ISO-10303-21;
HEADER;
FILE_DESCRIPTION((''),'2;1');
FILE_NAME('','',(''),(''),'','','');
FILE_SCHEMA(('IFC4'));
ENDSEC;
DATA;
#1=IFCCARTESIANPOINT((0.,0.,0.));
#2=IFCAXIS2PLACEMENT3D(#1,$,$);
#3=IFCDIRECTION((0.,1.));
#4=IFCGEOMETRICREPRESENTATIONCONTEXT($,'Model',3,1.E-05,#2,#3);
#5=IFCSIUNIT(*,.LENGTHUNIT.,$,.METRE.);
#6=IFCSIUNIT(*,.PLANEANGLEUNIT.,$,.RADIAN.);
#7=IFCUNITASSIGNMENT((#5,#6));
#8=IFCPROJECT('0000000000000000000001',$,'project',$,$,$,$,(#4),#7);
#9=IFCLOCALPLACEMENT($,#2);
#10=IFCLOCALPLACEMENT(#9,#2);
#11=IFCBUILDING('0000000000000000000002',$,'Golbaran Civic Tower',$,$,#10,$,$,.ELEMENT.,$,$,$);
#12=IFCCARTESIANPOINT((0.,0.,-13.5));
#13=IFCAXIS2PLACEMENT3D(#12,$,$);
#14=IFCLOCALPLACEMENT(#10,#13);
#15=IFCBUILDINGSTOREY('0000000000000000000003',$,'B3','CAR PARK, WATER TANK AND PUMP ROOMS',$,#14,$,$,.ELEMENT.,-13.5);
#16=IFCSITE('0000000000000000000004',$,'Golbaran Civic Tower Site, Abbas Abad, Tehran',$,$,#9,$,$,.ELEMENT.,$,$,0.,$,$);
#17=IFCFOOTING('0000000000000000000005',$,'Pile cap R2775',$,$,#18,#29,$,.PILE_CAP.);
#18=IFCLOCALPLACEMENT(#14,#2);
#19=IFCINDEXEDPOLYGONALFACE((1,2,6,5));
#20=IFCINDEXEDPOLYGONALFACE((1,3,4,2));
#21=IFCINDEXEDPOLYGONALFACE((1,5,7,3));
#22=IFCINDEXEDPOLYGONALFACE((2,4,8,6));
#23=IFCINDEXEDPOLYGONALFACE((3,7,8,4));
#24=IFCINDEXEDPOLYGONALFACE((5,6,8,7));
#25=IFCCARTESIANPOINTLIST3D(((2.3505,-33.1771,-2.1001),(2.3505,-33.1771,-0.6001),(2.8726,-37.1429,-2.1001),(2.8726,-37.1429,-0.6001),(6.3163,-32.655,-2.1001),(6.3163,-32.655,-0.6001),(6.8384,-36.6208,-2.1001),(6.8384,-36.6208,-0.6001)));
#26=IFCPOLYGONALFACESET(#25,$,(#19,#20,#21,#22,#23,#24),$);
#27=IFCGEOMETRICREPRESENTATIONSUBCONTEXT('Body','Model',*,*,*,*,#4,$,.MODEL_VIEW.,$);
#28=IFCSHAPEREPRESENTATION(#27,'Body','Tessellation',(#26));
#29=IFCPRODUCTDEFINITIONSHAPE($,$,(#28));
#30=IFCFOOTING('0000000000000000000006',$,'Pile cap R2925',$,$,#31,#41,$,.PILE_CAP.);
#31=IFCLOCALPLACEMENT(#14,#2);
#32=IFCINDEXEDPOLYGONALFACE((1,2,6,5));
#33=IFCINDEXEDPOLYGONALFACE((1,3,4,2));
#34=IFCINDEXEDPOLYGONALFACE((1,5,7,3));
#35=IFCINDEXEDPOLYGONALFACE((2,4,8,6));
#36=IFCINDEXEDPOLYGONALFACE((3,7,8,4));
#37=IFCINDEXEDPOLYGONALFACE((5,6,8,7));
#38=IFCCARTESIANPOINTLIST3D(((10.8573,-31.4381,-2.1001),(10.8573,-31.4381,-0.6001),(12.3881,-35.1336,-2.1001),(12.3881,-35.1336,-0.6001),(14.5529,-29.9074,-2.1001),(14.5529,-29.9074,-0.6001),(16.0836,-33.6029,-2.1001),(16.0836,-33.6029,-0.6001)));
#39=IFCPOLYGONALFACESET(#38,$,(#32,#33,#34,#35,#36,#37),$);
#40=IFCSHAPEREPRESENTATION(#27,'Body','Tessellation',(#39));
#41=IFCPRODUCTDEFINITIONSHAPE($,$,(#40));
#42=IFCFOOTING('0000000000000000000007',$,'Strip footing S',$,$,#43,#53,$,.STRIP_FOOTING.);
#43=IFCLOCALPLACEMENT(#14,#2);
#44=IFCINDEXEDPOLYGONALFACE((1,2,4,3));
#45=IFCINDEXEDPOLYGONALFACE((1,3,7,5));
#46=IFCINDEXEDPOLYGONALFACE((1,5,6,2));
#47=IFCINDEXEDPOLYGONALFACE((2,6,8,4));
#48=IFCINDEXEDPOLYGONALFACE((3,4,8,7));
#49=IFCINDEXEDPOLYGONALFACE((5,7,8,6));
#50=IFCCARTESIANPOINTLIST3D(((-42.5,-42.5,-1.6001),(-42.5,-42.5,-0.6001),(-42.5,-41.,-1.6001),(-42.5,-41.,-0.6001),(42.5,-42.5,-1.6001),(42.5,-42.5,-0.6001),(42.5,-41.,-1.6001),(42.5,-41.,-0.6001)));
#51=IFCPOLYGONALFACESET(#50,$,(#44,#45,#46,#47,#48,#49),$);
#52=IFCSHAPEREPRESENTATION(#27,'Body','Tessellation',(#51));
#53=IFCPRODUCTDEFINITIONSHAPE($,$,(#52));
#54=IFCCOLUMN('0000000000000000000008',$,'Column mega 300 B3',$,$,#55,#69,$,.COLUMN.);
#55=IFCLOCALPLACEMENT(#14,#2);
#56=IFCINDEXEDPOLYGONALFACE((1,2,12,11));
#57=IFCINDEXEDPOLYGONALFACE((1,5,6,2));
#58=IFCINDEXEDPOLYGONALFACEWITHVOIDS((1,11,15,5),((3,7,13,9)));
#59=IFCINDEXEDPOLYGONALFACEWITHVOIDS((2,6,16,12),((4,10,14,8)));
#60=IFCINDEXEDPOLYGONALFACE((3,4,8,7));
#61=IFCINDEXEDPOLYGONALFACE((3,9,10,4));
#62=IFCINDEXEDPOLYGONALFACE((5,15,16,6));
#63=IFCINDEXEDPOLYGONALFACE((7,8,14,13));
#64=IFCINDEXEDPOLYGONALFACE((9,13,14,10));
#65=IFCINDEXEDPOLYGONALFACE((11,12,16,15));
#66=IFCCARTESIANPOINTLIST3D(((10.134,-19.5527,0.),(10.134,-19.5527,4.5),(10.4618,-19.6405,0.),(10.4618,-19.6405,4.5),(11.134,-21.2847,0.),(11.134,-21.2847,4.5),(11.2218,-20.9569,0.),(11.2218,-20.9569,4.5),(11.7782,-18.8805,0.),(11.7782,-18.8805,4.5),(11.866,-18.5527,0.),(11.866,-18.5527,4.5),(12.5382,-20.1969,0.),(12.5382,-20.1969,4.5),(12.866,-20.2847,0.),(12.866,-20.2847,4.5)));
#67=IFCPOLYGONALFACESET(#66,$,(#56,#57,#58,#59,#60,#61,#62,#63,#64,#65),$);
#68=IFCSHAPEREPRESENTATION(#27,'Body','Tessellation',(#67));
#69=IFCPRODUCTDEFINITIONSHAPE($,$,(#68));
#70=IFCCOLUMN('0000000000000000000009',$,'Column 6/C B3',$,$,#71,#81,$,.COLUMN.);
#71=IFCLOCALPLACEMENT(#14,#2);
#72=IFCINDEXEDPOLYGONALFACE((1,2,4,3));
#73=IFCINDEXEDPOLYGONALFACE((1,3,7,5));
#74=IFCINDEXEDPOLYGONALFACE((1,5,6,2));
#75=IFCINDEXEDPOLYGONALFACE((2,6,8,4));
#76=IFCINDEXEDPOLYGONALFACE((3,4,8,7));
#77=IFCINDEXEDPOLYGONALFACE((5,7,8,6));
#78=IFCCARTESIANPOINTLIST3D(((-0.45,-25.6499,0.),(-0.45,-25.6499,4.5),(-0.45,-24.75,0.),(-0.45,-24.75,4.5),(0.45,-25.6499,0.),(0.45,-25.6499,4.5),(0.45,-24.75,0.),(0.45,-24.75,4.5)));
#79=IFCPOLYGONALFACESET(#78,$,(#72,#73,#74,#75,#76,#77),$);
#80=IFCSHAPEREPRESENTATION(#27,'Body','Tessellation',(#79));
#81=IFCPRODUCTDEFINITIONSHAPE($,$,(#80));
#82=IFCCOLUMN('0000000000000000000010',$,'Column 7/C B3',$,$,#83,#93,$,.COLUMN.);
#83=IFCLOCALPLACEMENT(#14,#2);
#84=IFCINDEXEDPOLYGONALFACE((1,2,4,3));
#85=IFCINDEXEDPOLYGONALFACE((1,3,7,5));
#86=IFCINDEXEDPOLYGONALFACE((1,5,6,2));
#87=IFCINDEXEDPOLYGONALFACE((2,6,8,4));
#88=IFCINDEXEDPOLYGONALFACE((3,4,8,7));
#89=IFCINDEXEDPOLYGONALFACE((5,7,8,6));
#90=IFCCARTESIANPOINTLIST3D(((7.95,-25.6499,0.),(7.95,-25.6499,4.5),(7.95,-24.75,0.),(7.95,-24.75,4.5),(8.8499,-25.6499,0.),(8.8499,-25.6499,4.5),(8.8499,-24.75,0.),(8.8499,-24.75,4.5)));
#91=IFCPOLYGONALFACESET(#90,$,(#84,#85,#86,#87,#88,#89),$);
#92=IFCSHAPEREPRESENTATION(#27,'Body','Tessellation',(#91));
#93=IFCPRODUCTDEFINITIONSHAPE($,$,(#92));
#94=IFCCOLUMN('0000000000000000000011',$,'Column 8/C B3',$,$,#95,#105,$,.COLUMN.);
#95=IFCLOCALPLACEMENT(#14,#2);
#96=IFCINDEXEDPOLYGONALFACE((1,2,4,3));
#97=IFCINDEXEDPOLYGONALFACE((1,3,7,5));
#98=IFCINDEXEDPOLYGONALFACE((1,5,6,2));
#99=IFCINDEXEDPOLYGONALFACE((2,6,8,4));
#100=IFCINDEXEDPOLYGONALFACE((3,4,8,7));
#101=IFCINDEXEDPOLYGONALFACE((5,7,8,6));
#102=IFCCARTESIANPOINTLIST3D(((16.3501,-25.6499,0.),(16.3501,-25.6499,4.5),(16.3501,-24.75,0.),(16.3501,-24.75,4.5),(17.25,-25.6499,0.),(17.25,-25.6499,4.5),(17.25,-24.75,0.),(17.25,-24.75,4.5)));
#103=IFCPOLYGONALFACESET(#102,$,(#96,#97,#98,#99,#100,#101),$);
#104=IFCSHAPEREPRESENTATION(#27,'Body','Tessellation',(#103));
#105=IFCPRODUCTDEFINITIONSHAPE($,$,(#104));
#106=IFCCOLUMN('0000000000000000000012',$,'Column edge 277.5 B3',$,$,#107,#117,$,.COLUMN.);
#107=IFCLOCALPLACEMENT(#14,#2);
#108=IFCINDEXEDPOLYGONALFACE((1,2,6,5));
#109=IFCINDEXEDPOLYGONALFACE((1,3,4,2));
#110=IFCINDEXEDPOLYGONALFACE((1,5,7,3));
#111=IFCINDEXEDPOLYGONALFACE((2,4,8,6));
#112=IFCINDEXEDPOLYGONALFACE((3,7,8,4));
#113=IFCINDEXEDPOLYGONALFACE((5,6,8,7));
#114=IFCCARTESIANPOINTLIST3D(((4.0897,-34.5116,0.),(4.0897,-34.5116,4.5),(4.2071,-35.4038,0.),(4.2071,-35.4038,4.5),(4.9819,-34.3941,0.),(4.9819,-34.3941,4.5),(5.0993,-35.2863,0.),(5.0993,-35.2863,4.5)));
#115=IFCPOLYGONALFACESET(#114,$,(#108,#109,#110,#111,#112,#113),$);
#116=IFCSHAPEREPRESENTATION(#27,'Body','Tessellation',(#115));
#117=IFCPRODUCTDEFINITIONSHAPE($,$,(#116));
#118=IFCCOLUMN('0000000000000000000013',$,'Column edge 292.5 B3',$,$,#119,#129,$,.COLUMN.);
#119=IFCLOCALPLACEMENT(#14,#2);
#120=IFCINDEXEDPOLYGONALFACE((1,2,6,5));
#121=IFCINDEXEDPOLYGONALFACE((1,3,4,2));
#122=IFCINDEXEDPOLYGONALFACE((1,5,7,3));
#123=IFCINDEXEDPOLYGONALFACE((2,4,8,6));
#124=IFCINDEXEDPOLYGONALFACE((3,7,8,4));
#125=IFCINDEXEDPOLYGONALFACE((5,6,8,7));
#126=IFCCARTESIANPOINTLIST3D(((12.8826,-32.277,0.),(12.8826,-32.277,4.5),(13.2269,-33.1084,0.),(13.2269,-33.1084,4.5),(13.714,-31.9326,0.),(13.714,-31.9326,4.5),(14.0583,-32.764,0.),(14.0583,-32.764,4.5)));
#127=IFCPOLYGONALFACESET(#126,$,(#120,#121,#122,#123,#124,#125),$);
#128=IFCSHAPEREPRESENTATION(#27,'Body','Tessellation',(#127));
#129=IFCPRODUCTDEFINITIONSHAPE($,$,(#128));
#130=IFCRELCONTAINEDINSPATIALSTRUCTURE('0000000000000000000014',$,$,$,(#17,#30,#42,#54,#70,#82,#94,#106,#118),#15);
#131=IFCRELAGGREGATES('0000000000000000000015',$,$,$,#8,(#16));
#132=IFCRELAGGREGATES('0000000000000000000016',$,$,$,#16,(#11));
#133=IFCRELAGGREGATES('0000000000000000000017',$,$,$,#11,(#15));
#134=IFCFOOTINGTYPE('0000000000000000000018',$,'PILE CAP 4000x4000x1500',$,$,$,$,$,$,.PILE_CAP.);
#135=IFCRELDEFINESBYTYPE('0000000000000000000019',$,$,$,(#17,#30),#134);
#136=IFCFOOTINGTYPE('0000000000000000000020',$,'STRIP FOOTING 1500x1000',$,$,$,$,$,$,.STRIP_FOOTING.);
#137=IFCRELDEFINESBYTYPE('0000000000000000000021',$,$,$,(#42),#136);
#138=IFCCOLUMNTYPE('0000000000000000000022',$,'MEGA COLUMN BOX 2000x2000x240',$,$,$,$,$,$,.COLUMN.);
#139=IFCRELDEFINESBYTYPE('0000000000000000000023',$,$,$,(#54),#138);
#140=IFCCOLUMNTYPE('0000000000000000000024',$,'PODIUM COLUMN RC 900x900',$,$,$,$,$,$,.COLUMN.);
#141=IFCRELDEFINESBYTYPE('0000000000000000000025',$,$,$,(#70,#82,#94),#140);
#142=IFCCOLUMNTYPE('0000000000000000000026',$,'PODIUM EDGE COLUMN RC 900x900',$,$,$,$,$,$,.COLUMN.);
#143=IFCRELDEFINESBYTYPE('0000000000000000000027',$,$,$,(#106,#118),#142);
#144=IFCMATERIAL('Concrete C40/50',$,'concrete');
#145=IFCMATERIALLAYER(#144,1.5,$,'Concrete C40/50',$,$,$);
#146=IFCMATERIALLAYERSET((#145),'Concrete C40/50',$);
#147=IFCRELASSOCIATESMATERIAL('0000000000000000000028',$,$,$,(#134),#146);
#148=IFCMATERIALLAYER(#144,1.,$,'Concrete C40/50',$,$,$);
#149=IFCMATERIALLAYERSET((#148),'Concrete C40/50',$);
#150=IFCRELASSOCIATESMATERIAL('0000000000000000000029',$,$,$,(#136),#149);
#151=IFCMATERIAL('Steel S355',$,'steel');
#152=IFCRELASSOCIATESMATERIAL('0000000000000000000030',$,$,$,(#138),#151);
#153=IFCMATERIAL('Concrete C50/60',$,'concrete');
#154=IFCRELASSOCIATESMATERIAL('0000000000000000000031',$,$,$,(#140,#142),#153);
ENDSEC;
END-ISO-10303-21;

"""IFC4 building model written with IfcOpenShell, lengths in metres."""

from ifc_helpers import new_model, si_unit, direction, frame, origin, origin_2d, place, context, subcontext, project, spatial, rectangle, hollow_rectangle, extrude, material, layer, layer_set, material_profile, profile_set, type_object, element, save


model = new_model("IFC4")

# Units and contexts
model_context = context("Model", 3, precision=1e-05, world=origin(), true_north=direction((0.0, 1.0)))
body_context = subcontext(model_context, "Body", "Model", "MODEL_VIEW")
ifc_project = project(units=[si_unit("LENGTHUNIT", "METRE"), si_unit("PLANEANGLEUNIT", "RADIAN")], contexts=[model_context])

# Site, building, storey
site_placement = place(None, origin())
site = spatial("IfcSite", under=ifc_project, at=site_placement, Name="Golbaran Civic Tower Site, Abbas Abad, Tehran", CompositionType="ELEMENT", RefElevation=0.0)
building_placement = place(site_placement, origin())
building = spatial("IfcBuilding", under=site, at=building_placement, Name="Golbaran Civic Tower", CompositionType="ELEMENT")
storey_placement = place(building_placement, frame((0.0, 0.0, -13.5)))
storey = spatial("IfcBuildingStorey", under=building, at=storey_placement, Name="B3", Description="CAR PARK, WATER TANK AND PUMP ROOMS", CompositionType="ELEMENT", Elevation=-13.5)

# Footings
ifc_material_1 = material(Name="Concrete C40/50", Category="concrete")
ifc_layer_1 = layer(ifc_material_1, 1.5, Name="Concrete C40/50")
ifc_layer_set_1 = layer_set([ifc_layer_1], Name="Concrete C40/50")
footing_type_1 = type_object("IfcFootingType", Name="PILE CAP 4000x4000x1500", PredefinedType="PILE_CAP", material=ifc_layer_set_1)
for number, where, z_axis, x_axis, name in (
    (1, (4.5945, -34.8989, -2.1001), (0.0, 0.0, 1.0), (0.130526, -0.991445, 0.0), "Pile cap R2775"),
    (2, (13.4705, -32.5205, -2.1001), (0.0, 0.0, 1.0), (0.382683, -0.92388, 0.0), "Pile cap R2925"),
):
    element("IfcFooting", number, at=place(storey_placement, frame(where, z_axis=z_axis, x_axis=x_axis)), inside=storey, type_object=footing_type_1, Name=name, PredefinedType="PILE_CAP", context=body_context, shape_type="SweptSolid", body=[
        extrude(rectangle(XDim=4.0, YDim=4.0, at=origin_2d()), origin(), (0.0, 0.0, 1.0), 1.5),
    ])
ifc_layer_2 = layer(ifc_material_1, 1.0, Name="Concrete C40/50")
ifc_layer_set_2 = layer_set([ifc_layer_2], Name="Concrete C40/50")
footing_type_2 = type_object("IfcFootingType", Name="STRIP FOOTING 1500x1000", PredefinedType="STRIP_FOOTING", material=ifc_layer_set_2)
footing_placement = place(storey_placement, frame((0.0, -41.75, -1.6001), z_axis=(0.0, 0.0, 1.0), x_axis=(1.0, 0.0, 0.0)))
element("IfcFooting", 3, at=footing_placement, inside=storey, type_object=footing_type_2, Name="Strip footing S", PredefinedType="STRIP_FOOTING", context=body_context, shape_type="SweptSolid", body=[
    extrude(rectangle(XDim=85.0, YDim=1.5, at=origin_2d()), origin(), (0.0, 0.0, 1.0), 1.0),
])

# Columns
ifc_material_2 = material(Name="Steel S355", Category="steel")
ifc_material_profile_1 = material_profile(ifc_material_2, hollow_rectangle(XDim=2.0, YDim=2.0, WallThickness=0.24, at=origin_2d()), Name="BOX 2000x2000x240")
ifc_profile_set_1 = profile_set([ifc_material_profile_1], Name="Steel S355")
column_type_1 = type_object("IfcColumnType", Name="MEGA COLUMN BOX 2000x2000x240", PredefinedType="COLUMN", material=ifc_profile_set_1)
column_placement = place(storey_placement, frame((11.5, -19.9187, 0.0), z_axis=(0.0, 0.0, 1.0), x_axis=(0.5, -0.866025, 0.0)))
element("IfcColumn", 4, at=column_placement, inside=storey, type_object=column_type_1, Name="Column mega 300 B3", PredefinedType="COLUMN", context=body_context, shape_type="SweptSolid", body=[
    extrude(hollow_rectangle(XDim=2.0, YDim=2.0, WallThickness=0.24, at=origin_2d()), origin(), (0.0, 0.0, 1.0), 4.5),
])
ifc_material_3 = material(Name="Concrete C50/60", Category="concrete")
ifc_material_profile_2 = material_profile(ifc_material_3, rectangle(XDim=0.8999, YDim=0.8999, at=origin_2d()), Name="RC 900x900")
ifc_profile_set_2 = profile_set([ifc_material_profile_2], Name="Concrete C50/60")
column_type_2 = type_object("IfcColumnType", Name="PODIUM COLUMN RC 900x900", PredefinedType="COLUMN", material=ifc_profile_set_2)
for number, where, z_axis, x_axis, name in (
    (5, (0.0, -25.2, 0.0), (0.0, 0.0, 1.0), (1.0, 0.0, 0.0), "Column 6/C B3"),
    (6, (8.3999, -25.2, 0.0), (0.0, 0.0, 1.0), (1.0, 0.0, 0.0), "Column 7/C B3"),
    (7, (16.8, -25.2, 0.0), (0.0, 0.0, 1.0), (1.0, 0.0, 0.0), "Column 8/C B3"),
):
    element("IfcColumn", number, at=place(storey_placement, frame(where, z_axis=z_axis, x_axis=x_axis)), inside=storey, type_object=column_type_2, Name=name, PredefinedType="COLUMN", context=body_context, shape_type="SweptSolid", body=[
        extrude(rectangle(XDim=0.8999, YDim=0.8999, at=origin_2d()), origin(), (0.0, 0.0, 1.0), 4.5),
    ])
ifc_material_profile_3 = material_profile(ifc_material_3, rectangle(XDim=0.8999, YDim=0.8999, at=origin_2d()), Name="RC 900x900")
ifc_profile_set_3 = profile_set([ifc_material_profile_3], Name="Concrete C50/60")
column_type_3 = type_object("IfcColumnType", Name="PODIUM EDGE COLUMN RC 900x900", PredefinedType="COLUMN", material=ifc_profile_set_3)
for number, where, z_axis, x_axis, name in (
    (8, (4.5945, -34.8989, 0.0), (0.0, 0.0, 1.0), (0.130526, -0.991445, 0.0), "Column edge 277.5 B3"),
    (9, (13.4705, -32.5205, 0.0), (0.0, 0.0, 1.0), (0.382683, -0.92388, 0.0), "Column edge 292.5 B3"),
):
    element("IfcColumn", number, at=place(storey_placement, frame(where, z_axis=z_axis, x_axis=x_axis)), inside=storey, type_object=column_type_3, Name=name, PredefinedType="COLUMN", context=body_context, shape_type="SweptSolid", body=[
        extrude(rectangle(XDim=0.8999, YDim=0.8999, at=origin_2d()), origin(), (0.0, 0.0, 1.0), 4.5),
    ])

save(model, "model.ifc")
